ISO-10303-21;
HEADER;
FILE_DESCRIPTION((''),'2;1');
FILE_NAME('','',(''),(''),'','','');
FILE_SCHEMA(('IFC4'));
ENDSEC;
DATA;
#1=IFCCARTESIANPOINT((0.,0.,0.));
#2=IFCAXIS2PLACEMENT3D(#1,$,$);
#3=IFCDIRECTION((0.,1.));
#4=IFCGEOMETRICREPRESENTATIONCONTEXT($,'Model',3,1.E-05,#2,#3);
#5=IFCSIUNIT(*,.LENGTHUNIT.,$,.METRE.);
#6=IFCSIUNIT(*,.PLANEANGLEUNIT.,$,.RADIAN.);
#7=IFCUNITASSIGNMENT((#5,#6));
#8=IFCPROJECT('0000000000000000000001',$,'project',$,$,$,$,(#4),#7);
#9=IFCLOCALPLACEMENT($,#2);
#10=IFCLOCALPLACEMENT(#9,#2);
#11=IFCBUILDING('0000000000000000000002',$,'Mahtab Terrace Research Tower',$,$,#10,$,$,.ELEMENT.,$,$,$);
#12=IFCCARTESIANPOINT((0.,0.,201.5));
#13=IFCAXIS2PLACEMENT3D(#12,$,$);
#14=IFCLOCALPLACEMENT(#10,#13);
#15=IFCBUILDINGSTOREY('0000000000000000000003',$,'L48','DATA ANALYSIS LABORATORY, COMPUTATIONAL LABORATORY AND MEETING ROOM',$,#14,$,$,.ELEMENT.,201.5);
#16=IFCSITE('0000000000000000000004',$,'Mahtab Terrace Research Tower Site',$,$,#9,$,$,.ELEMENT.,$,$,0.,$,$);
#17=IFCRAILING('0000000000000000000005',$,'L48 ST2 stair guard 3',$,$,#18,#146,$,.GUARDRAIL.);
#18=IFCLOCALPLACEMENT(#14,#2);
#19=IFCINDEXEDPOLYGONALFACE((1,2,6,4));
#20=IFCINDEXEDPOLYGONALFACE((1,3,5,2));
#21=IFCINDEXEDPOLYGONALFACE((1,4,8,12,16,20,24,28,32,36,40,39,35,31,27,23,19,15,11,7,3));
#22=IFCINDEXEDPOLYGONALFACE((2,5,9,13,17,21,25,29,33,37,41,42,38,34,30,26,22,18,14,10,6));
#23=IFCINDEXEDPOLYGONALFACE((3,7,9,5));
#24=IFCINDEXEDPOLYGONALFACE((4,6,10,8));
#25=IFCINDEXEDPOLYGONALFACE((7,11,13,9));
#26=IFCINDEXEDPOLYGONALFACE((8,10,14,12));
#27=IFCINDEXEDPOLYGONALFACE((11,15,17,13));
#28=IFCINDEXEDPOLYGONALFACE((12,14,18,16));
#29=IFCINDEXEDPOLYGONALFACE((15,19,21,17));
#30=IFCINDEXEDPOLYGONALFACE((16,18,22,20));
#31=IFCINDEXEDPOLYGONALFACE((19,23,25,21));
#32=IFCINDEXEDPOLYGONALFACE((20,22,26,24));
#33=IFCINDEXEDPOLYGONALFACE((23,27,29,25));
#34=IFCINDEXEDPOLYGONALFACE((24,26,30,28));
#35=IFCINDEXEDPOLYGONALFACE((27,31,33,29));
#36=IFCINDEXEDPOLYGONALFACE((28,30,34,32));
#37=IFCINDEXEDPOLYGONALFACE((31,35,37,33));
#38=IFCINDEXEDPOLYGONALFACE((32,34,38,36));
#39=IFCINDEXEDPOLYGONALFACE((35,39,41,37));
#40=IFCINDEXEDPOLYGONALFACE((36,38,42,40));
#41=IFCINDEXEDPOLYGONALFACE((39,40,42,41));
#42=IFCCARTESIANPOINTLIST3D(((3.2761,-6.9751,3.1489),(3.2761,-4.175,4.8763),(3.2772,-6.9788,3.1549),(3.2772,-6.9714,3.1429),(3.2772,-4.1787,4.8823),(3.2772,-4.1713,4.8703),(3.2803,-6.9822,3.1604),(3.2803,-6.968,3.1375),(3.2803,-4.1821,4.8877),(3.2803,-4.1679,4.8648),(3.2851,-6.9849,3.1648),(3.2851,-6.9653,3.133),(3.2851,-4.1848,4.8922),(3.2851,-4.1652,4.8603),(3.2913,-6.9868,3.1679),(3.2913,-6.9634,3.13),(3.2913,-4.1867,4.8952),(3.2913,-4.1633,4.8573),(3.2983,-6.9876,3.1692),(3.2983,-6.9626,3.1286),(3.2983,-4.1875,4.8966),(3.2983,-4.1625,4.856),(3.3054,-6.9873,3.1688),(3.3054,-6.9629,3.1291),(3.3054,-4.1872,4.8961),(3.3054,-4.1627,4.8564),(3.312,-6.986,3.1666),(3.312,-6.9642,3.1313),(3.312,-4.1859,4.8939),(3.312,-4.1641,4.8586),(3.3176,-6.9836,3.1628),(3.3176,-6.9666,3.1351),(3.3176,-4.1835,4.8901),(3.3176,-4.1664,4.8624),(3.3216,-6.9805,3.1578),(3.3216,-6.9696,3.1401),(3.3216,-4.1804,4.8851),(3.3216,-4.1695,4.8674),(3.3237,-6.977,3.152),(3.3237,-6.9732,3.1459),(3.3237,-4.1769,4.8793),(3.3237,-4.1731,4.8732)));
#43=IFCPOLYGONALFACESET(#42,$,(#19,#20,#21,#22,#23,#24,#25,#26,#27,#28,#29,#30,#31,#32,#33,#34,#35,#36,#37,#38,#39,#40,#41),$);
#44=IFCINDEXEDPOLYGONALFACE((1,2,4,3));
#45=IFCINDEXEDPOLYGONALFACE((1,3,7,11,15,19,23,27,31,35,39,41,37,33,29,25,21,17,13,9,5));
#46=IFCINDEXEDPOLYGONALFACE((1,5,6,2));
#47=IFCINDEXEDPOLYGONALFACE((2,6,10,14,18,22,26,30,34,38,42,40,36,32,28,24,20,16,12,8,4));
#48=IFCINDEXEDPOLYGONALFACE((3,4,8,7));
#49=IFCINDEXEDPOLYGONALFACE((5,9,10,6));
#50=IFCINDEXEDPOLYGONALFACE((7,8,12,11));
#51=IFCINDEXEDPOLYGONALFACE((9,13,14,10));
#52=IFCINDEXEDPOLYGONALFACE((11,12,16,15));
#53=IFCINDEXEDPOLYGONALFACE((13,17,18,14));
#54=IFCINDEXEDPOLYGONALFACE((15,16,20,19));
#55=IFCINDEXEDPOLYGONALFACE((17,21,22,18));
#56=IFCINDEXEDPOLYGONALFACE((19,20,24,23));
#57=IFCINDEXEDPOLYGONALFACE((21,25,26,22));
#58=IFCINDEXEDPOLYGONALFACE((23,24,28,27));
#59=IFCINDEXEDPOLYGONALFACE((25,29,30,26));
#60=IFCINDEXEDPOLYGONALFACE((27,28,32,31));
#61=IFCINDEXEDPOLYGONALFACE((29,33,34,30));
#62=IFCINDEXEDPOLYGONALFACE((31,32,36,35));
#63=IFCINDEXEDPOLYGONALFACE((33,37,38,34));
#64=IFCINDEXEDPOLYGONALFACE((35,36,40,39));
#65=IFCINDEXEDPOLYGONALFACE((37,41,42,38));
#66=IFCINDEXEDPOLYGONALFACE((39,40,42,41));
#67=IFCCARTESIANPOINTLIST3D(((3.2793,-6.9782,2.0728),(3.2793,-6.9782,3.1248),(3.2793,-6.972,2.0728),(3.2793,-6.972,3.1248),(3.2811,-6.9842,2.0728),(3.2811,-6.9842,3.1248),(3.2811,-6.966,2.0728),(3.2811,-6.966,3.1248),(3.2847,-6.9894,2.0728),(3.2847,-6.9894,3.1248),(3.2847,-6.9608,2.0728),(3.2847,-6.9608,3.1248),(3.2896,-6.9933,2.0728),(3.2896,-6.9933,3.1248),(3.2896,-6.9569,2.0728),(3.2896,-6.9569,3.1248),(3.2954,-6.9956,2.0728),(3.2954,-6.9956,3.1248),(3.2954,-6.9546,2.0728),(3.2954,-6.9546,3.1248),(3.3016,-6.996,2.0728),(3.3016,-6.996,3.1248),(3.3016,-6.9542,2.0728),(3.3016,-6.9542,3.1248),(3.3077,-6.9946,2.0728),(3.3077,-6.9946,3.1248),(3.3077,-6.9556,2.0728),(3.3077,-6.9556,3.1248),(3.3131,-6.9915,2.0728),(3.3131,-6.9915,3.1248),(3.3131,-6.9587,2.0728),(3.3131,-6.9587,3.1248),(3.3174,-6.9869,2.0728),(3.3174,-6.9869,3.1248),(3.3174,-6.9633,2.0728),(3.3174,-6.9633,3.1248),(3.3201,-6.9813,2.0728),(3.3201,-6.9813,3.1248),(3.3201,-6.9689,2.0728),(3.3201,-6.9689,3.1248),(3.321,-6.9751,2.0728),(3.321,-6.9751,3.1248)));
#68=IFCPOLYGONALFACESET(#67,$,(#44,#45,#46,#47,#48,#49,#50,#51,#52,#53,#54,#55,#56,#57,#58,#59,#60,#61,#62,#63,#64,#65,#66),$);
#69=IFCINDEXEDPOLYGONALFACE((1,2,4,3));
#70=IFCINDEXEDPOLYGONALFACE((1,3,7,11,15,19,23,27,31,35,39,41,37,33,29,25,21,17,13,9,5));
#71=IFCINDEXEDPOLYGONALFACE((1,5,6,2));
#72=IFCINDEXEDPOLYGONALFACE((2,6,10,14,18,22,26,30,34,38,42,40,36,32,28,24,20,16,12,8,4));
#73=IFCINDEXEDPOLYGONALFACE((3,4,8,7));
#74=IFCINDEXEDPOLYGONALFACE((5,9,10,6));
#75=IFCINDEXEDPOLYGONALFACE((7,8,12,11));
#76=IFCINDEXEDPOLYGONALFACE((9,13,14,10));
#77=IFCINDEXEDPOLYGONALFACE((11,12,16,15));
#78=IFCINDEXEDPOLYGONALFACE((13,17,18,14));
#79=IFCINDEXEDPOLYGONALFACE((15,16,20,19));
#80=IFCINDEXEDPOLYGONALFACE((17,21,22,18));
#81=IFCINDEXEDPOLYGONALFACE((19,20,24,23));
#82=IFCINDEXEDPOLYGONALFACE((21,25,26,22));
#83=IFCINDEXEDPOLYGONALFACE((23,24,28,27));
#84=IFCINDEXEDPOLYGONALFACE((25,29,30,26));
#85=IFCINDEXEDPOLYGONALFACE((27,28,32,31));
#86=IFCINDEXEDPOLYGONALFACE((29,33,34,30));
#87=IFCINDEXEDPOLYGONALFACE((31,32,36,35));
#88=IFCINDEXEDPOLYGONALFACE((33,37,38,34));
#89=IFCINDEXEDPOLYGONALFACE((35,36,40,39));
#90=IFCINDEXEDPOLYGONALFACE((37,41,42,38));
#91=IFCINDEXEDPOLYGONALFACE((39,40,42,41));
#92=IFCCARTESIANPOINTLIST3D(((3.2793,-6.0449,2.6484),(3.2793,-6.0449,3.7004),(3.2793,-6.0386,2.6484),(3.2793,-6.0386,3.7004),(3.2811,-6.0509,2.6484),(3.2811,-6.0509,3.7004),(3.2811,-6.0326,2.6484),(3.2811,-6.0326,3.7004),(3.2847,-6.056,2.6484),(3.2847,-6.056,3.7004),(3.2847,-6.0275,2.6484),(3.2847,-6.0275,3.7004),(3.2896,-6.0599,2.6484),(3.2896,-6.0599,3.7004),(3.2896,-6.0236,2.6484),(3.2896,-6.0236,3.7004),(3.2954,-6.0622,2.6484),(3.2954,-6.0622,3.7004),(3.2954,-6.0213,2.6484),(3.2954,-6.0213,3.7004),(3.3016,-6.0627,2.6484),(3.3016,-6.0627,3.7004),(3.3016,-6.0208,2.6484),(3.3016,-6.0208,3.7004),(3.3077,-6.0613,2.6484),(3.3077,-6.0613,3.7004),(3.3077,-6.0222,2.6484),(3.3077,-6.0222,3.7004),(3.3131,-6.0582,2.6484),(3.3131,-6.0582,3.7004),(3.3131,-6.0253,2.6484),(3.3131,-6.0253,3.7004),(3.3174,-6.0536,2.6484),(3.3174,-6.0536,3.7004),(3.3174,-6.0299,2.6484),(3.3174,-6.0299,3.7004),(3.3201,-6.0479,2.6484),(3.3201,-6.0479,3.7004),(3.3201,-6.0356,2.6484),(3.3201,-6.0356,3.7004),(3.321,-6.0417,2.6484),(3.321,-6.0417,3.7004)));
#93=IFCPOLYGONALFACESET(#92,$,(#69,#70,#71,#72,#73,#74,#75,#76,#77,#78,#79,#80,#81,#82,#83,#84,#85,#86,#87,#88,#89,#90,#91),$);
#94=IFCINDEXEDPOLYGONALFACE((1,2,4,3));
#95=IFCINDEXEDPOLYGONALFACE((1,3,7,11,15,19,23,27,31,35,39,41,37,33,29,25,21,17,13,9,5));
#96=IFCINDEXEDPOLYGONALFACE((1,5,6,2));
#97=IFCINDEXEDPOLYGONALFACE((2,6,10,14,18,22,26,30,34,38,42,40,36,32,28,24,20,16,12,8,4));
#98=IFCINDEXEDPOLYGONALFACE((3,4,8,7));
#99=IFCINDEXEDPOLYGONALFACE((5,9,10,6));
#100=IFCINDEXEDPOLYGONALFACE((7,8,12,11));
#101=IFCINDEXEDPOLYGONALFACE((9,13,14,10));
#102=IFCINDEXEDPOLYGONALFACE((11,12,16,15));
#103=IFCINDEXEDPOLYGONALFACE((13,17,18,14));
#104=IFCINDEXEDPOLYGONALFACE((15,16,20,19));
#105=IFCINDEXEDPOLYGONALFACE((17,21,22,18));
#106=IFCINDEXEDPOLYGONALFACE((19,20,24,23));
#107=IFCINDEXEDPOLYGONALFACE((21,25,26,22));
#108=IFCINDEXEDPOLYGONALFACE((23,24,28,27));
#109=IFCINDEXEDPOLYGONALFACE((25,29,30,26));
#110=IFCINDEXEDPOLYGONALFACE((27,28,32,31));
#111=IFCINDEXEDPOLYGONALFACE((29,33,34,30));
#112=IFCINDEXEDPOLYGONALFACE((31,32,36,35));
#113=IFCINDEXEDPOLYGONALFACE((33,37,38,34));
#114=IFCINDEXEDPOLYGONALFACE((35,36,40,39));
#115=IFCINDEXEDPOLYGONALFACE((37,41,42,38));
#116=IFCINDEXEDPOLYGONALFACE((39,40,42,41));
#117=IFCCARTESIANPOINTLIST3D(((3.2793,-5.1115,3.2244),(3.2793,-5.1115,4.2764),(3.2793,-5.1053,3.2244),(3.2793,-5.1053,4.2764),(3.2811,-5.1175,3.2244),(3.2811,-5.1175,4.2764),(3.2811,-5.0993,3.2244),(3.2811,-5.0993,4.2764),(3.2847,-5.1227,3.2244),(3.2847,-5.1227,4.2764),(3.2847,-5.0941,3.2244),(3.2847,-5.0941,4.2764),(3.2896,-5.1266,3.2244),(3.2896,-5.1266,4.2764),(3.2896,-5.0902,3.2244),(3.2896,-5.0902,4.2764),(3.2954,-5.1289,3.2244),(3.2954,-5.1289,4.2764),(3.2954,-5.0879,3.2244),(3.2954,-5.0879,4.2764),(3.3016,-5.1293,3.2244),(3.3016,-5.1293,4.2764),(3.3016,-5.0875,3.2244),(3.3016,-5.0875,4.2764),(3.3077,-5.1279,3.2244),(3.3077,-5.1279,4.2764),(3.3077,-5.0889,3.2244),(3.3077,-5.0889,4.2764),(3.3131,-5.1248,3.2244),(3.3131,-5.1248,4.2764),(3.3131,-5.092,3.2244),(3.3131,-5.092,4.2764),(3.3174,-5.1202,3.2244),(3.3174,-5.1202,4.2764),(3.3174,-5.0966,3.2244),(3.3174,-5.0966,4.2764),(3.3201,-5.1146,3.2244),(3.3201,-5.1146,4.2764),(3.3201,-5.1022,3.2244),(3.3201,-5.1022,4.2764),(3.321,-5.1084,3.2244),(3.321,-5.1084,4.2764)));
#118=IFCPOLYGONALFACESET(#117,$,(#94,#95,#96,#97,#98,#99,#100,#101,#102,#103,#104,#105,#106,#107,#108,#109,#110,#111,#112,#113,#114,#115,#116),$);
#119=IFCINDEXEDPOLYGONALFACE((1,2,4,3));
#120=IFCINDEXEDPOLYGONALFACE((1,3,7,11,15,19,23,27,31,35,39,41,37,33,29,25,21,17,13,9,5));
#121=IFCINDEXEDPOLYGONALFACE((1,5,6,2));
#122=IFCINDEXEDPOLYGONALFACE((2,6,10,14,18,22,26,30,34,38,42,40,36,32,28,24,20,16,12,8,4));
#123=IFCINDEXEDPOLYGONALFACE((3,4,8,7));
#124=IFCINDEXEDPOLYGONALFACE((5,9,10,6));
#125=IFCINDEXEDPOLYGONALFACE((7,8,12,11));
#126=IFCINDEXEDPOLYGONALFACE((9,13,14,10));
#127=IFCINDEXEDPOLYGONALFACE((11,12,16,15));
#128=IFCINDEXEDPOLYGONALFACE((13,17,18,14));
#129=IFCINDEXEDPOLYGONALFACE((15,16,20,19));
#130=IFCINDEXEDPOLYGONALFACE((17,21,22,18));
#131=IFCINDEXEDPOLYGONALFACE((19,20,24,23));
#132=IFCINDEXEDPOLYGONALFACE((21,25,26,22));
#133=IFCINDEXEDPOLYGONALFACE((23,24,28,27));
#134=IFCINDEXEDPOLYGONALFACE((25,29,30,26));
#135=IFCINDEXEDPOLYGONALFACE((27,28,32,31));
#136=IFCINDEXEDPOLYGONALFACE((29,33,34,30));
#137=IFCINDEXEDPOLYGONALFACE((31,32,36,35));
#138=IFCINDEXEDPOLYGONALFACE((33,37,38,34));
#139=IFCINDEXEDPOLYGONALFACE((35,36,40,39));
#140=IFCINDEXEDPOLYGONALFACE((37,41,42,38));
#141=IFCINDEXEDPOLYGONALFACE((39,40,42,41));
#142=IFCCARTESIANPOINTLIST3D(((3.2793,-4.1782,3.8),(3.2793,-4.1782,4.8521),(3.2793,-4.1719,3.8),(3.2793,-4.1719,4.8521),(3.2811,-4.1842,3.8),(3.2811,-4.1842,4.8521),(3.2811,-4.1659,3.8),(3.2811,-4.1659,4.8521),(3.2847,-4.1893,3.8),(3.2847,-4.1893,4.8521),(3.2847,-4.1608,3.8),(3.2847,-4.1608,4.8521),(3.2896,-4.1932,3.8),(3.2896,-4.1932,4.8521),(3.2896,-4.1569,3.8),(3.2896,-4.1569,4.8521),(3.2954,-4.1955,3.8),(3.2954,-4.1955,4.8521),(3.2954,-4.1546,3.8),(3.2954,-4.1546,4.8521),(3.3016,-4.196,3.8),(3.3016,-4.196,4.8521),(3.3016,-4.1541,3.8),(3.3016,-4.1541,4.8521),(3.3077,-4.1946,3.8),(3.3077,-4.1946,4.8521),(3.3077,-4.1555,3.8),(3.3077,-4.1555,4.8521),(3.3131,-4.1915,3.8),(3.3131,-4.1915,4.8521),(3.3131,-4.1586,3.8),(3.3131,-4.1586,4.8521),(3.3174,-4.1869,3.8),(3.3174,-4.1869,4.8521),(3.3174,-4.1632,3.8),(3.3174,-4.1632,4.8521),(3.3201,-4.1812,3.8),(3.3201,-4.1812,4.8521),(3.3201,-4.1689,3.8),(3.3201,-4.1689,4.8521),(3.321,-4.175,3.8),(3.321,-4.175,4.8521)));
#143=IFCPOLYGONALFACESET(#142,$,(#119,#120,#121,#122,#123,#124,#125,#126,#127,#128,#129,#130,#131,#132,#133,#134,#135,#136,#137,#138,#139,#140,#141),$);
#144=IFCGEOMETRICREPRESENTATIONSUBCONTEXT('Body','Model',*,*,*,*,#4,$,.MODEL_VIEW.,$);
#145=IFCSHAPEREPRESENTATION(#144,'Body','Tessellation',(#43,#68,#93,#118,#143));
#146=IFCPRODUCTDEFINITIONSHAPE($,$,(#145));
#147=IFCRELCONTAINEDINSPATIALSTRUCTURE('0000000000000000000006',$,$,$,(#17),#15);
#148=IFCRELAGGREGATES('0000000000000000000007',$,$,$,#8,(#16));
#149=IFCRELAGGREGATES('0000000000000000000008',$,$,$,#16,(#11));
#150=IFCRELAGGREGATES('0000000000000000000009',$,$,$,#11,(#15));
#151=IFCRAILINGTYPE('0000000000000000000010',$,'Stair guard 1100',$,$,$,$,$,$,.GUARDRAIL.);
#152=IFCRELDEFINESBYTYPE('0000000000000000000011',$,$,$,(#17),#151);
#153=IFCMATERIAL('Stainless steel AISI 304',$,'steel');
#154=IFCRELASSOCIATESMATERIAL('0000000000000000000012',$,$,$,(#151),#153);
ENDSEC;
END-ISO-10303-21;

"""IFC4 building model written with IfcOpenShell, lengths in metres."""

from ifc_helpers import new_model, si_unit, direction, frame, origin, origin_2d, place, context, subcontext, project, spatial, circle, extrude, material, type_object, element, save


model = new_model("IFC4")

# Units and contexts
model_context = context("Model", 3, precision=1e-05, world=origin(), true_north=direction((0.0, 1.0)))
body_context = subcontext(model_context, "Body", "Model", "MODEL_VIEW")
ifc_project = project(units=[si_unit("LENGTHUNIT", "METRE"), si_unit("PLANEANGLEUNIT", "RADIAN")], contexts=[model_context])

# Site, building, storey
site_placement = place(None, origin())
site = spatial("IfcSite", under=ifc_project, at=site_placement, Name="Mahtab Terrace Research Tower Site", CompositionType="ELEMENT", RefElevation=0.0)
building_placement = place(site_placement, origin())
building = spatial("IfcBuilding", under=site, at=building_placement, Name="Mahtab Terrace Research Tower", CompositionType="ELEMENT")
storey_placement = place(building_placement, frame((0.0, 0.0, 201.5)))
storey = spatial("IfcBuildingStorey", under=building, at=storey_placement, Name="L48", Description="DATA ANALYSIS LABORATORY, COMPUTATIONAL LABORATORY AND MEETING ROOM", CompositionType="ELEMENT", Elevation=201.5)

# Railing
ifc_material_1 = material(Name="Stainless steel AISI 304", Category="steel")
railing_type_1 = type_object("IfcRailingType", Name="Stair guard 1100", PredefinedType="GUARDRAIL", material=ifc_material_1)
railing_1_placement = place(storey_placement, frame((3.3, -6.9751, 2.0728)))
element("IfcRailing", 1, at=railing_1_placement, inside=storey, type_object=railing_type_1, Name="L48 ST2 stair guard 3", PredefinedType="GUARDRAIL", context=body_context, shape_type="SweptSolid", body=[
    extrude(circle(Radius=0.0239, at=origin_2d()), frame((0.0, 0.0, 1.0762), z_axis=(0.0, 0.85109, 0.52502), x_axis=(-1.0, 0.0, 0.0)), (0.0, 0.0, 1.0), 3.29),
    extrude(circle(Radius=0.021, at=origin_2d()), origin(), (0.0, 0.0, 1.0), 1.052),
    extrude(circle(Radius=0.021, at=origin_2d()), frame((0.0, 0.9333, 0.5757)), (0.0, 0.0, 1.0), 1.052),
    extrude(circle(Radius=0.021, at=origin_2d()), frame((0.0, 1.8667, 1.1516)), (0.0, 0.0, 1.0), 1.052),
    extrude(circle(Radius=0.021, at=origin_2d()), frame((0.0, 2.8, 1.7273)), (0.0, 0.0, 1.0), 1.052),
])

save(model, "model.ifc")
